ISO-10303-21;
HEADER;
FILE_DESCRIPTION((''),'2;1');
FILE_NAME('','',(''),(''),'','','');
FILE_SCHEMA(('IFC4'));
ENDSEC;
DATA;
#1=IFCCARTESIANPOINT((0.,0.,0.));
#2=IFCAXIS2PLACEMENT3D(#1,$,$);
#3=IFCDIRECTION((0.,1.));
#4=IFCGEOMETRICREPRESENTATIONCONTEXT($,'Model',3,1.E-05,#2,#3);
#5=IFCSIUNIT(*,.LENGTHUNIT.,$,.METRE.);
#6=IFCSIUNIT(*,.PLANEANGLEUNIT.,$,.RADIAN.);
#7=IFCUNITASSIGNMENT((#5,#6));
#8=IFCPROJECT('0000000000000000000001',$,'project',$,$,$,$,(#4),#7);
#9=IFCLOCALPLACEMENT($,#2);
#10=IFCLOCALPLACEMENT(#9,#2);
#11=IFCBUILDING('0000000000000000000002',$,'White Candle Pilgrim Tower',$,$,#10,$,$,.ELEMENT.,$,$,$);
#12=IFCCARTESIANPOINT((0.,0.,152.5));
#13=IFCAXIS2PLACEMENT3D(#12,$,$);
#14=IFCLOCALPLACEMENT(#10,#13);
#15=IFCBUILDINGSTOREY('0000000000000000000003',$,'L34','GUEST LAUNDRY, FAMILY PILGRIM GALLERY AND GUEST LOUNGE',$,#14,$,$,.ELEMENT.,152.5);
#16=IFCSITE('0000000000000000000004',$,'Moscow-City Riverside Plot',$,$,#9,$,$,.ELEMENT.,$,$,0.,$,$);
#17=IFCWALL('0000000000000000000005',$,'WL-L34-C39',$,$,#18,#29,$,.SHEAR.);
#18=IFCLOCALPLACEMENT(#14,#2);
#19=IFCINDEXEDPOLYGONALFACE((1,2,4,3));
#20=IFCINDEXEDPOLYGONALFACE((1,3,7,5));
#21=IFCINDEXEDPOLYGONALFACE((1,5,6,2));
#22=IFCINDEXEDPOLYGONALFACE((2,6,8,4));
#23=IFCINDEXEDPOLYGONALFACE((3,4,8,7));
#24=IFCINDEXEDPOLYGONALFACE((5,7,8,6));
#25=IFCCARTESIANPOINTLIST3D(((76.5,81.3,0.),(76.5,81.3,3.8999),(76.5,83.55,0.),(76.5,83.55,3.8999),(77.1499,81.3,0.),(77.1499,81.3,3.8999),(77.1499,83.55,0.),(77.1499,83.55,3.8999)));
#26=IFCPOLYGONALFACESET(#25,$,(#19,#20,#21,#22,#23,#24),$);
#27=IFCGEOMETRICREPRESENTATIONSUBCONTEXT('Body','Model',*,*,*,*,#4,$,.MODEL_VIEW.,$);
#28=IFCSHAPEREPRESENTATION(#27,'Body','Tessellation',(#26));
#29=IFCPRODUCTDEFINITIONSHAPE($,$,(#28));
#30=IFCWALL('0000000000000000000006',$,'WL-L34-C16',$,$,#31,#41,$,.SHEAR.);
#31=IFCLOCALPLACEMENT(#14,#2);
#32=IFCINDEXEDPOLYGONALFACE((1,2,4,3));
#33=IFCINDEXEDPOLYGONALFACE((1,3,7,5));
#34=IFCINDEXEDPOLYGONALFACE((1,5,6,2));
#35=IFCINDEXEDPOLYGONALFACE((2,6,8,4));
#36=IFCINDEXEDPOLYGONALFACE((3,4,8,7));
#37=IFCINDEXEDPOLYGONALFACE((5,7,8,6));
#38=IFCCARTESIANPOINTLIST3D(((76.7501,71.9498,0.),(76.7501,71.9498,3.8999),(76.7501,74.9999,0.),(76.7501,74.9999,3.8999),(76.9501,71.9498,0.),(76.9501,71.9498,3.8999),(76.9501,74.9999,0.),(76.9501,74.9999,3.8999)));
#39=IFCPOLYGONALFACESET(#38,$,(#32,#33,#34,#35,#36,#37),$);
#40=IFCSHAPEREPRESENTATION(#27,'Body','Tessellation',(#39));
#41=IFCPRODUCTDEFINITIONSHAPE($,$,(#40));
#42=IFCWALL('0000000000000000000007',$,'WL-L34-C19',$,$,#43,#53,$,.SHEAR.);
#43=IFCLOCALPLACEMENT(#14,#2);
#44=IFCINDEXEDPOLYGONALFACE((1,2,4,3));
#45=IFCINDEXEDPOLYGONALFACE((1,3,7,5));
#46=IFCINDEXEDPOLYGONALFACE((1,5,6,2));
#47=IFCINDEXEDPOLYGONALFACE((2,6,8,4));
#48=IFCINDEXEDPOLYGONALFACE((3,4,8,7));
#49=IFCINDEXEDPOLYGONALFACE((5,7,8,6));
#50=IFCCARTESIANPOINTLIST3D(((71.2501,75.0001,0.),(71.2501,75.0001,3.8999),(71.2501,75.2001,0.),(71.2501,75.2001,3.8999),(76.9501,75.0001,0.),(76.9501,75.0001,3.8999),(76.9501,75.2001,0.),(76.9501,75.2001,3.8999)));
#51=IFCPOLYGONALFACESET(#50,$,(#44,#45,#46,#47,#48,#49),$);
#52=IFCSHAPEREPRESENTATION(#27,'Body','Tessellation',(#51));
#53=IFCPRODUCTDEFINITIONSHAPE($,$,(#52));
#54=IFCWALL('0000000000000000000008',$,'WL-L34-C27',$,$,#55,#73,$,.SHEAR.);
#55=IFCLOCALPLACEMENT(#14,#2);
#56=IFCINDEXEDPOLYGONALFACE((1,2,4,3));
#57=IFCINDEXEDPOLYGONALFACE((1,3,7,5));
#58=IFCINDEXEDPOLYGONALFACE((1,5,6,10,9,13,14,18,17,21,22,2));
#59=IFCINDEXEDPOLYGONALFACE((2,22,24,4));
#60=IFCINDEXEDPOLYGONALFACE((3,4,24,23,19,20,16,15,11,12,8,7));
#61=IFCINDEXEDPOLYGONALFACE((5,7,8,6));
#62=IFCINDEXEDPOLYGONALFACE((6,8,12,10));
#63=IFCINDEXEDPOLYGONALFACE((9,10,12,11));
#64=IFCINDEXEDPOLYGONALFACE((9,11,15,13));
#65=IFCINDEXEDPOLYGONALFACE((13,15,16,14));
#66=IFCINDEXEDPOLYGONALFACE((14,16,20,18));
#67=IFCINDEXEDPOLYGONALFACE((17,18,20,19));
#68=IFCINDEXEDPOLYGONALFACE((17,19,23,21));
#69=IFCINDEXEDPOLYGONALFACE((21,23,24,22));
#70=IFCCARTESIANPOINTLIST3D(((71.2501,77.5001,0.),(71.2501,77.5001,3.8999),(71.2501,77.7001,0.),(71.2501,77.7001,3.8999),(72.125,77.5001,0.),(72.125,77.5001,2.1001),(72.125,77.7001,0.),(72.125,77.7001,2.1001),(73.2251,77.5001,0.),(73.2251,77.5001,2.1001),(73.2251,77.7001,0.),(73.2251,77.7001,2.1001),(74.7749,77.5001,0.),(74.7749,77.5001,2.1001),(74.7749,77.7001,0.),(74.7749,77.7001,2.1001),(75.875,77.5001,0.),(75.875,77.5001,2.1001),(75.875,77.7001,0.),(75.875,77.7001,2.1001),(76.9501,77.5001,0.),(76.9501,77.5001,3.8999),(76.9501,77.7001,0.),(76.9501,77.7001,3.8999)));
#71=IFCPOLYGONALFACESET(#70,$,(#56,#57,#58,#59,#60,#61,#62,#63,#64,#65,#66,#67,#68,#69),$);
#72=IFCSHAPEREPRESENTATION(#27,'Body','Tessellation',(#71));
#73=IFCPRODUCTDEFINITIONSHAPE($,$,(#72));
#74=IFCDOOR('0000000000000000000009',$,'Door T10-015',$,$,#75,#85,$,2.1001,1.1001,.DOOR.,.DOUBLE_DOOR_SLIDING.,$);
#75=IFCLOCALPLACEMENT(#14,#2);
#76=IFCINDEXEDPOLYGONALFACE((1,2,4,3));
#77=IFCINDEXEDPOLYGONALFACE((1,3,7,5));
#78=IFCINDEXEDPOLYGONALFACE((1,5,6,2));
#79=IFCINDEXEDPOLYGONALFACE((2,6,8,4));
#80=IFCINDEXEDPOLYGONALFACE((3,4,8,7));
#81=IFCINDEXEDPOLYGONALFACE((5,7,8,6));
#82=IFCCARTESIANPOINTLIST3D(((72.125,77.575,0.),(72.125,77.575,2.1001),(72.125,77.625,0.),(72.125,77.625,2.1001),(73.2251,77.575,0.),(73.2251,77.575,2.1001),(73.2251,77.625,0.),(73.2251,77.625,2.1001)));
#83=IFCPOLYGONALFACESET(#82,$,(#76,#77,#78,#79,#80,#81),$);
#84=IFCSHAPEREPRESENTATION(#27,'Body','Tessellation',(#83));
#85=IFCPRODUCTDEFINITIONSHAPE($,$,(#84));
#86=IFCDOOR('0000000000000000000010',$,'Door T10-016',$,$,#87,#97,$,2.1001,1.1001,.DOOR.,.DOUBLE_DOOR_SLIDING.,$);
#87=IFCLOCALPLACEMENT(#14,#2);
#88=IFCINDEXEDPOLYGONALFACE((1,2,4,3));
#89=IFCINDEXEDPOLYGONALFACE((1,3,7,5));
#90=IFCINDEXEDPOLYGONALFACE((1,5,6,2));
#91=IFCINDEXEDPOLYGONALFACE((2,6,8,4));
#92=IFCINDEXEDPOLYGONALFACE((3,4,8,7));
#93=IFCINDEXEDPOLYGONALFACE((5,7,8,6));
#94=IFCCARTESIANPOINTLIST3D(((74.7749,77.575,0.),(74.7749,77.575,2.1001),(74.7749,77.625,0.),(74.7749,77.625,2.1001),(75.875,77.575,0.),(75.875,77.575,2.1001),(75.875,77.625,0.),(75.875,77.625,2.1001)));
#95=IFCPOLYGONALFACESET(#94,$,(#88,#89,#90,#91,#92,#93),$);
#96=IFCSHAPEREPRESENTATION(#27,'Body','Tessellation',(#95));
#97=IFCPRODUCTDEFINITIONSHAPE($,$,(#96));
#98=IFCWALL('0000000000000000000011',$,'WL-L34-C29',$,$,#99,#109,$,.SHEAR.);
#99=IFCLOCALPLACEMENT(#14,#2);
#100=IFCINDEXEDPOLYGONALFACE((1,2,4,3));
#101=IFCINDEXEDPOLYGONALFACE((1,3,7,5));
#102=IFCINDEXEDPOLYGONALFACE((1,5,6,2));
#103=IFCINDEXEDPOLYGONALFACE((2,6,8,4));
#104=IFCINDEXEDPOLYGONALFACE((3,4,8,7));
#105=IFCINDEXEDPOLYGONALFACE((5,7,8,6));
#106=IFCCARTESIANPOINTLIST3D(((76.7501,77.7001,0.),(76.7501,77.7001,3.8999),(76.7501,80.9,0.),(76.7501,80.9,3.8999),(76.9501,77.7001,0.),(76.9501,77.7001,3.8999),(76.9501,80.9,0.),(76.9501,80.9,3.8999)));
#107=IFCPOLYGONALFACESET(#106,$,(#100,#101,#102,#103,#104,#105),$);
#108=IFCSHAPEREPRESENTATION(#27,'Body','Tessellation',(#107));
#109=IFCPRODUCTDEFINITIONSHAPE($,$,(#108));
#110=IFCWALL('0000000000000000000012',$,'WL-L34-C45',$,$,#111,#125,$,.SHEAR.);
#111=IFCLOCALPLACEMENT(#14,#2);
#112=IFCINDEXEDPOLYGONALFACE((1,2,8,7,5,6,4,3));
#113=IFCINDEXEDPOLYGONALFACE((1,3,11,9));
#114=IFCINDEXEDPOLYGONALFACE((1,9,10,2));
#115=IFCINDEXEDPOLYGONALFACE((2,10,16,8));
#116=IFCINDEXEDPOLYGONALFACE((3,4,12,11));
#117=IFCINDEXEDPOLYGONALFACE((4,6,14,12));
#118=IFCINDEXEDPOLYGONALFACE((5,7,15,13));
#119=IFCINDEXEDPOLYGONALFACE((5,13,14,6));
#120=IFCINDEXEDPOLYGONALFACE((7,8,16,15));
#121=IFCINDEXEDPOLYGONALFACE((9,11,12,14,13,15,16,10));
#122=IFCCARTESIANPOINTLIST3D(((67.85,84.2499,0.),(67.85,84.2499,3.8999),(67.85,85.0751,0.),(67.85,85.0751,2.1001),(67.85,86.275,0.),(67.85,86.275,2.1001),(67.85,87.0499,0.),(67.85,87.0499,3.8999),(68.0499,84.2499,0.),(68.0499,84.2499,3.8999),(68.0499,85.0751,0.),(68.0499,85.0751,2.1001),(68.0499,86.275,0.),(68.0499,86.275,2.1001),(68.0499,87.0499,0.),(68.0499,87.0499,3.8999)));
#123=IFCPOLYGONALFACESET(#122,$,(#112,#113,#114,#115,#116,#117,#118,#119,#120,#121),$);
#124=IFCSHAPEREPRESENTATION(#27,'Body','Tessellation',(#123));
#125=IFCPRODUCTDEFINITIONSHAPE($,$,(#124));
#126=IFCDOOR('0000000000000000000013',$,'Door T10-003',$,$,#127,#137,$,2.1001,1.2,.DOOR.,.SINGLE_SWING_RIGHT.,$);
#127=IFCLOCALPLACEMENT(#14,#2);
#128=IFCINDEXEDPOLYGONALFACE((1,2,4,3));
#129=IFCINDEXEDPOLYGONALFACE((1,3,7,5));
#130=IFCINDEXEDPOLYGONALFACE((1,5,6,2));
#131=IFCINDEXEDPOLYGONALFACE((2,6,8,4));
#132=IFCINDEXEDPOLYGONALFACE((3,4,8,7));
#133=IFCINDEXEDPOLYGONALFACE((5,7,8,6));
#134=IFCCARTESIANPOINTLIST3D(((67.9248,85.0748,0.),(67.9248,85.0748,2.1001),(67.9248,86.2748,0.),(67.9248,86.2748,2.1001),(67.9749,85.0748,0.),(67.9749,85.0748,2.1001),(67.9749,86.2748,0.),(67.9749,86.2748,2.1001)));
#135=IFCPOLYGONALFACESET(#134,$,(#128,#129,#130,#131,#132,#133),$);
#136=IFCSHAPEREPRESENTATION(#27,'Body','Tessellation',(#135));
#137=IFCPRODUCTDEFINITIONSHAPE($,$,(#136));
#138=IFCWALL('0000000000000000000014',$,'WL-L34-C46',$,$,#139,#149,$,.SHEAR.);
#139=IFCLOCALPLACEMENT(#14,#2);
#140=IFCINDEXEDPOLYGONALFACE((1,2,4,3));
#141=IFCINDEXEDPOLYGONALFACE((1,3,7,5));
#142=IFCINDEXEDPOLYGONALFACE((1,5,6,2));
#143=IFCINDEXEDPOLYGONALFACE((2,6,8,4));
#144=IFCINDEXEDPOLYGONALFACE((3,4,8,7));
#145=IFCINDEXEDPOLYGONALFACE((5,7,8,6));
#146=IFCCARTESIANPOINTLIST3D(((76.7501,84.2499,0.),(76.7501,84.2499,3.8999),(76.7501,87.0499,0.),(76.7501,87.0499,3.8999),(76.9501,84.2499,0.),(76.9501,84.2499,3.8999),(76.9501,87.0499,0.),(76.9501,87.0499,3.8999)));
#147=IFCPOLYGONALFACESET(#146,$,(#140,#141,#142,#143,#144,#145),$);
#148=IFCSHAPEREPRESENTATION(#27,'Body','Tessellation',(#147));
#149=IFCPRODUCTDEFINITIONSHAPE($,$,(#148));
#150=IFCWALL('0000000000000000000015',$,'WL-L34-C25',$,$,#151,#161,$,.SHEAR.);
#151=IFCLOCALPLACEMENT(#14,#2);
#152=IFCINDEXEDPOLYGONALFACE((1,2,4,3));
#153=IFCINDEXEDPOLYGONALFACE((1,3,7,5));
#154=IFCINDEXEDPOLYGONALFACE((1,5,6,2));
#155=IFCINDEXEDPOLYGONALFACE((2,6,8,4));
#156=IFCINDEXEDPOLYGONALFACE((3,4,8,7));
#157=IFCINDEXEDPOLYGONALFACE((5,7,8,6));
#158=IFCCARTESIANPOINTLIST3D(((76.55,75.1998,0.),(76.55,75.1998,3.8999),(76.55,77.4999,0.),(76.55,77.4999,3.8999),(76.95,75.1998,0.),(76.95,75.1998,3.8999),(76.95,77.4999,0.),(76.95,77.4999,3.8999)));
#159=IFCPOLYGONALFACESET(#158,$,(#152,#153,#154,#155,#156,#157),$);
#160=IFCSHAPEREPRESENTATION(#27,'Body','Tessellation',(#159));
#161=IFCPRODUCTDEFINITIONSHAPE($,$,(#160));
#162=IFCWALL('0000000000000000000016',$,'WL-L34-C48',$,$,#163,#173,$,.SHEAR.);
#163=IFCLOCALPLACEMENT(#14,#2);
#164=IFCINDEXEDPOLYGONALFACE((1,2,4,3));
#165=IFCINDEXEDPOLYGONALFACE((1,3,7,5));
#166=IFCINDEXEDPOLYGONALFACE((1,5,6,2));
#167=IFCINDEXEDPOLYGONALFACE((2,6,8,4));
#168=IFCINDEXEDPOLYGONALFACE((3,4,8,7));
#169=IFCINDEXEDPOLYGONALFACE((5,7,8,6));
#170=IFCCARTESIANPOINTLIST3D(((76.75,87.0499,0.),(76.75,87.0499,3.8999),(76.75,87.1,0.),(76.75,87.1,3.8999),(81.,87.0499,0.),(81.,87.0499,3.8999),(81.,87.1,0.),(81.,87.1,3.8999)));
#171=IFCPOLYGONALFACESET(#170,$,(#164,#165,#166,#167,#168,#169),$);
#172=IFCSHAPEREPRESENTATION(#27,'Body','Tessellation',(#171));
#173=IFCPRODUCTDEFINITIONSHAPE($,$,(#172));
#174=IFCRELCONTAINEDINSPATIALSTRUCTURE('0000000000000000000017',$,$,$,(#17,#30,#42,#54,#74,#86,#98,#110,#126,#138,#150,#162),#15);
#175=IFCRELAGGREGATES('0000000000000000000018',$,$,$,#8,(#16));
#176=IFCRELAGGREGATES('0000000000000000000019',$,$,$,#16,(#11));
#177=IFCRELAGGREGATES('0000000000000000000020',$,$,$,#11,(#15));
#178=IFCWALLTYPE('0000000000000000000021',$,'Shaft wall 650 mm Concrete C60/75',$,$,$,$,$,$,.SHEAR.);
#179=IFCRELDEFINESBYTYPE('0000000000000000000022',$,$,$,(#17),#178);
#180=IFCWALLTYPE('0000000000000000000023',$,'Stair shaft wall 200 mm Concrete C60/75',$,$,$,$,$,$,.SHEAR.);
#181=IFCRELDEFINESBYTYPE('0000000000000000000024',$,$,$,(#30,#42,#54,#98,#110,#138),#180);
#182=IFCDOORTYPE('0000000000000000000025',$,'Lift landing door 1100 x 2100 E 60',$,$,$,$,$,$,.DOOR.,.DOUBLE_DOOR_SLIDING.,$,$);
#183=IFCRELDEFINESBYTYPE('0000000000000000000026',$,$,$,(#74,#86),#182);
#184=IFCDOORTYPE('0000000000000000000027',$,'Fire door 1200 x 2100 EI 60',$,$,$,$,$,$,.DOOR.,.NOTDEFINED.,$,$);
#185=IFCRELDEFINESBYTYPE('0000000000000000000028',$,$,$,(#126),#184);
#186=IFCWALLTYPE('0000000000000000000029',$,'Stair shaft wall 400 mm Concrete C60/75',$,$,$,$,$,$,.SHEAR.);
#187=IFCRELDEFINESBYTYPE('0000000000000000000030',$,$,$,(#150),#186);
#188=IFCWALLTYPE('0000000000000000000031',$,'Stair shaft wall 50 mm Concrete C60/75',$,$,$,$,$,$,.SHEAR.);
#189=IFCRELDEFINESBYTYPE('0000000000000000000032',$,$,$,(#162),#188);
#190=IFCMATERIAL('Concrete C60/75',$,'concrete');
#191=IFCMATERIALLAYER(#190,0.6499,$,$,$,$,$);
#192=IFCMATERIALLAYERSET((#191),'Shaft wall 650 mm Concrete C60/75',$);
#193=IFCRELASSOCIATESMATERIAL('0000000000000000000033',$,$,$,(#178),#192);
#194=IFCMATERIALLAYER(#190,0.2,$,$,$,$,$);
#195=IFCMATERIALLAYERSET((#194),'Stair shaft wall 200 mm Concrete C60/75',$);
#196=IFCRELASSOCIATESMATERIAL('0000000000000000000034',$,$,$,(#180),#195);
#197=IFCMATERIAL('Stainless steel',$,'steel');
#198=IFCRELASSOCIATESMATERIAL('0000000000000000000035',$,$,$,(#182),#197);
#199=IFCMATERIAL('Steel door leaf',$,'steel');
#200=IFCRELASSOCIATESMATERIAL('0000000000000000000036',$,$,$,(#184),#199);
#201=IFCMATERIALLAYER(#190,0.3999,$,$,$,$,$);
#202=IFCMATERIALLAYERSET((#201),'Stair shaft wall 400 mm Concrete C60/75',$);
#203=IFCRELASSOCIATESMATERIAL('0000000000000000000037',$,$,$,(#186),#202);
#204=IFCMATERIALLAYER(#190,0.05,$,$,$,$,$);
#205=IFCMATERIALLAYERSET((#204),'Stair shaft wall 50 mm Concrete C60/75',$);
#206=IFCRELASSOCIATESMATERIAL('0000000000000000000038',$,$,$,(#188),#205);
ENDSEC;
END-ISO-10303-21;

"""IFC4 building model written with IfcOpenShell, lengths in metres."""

from ifc_helpers import new_model, si_unit, direction, frame, frame_2d, origin, place, context, subcontext, project, spatial, rectangle, extrude, material, layer, layer_set, type_object, element, fill, save


model = new_model("IFC4")

# Units and contexts
model_context = context("Model", 3, precision=1e-05, world=origin(), true_north=direction((0.0, 1.0)))
body_context = subcontext(model_context, "Body", "Model", "MODEL_VIEW")
ifc_project = project(units=[si_unit("LENGTHUNIT", "METRE"), si_unit("PLANEANGLEUNIT", "RADIAN")], contexts=[model_context])

# Site, building, storey
site_placement = place(None, origin())
site = spatial("IfcSite", under=ifc_project, at=site_placement, Name="Moscow-City Riverside Plot", CompositionType="ELEMENT", RefElevation=0.0)
building_placement = place(site_placement, origin())
building = spatial("IfcBuilding", under=site, at=building_placement, Name="White Candle Pilgrim Tower", CompositionType="ELEMENT")
storey_placement = place(building_placement, frame((0.0, 0.0, 152.5)))
storey = spatial("IfcBuildingStorey", under=building, at=storey_placement, Name="L34", Description="GUEST LAUNDRY, FAMILY PILGRIM GALLERY AND GUEST LOUNGE", CompositionType="ELEMENT", Elevation=152.5)

# Shared definitions
ifc_material_1 = material(Name="Concrete C60/75", Category="concrete")

# Shared definitions
ifc_material_2 = material(Name="Steel door leaf", Category="steel")

# Walls
ifc_layer_1 = layer(ifc_material_1, 0.6499)
ifc_layer_set_1 = layer_set([ifc_layer_1], Name="Shaft wall 650 mm Concrete C60/75")
wall_type_1 = type_object("IfcWallType", Name="Shaft wall 650 mm Concrete C60/75", PredefinedType="SHEAR", material=ifc_layer_set_1)
wall_1_placement = place(storey_placement, frame((76.825, 81.3, 0.0), z_axis=(0.0, 0.0, 1.0), x_axis=(0.0, 1.0, 0.0)))
element("IfcWall", 1, at=wall_1_placement, inside=storey, type_object=wall_type_1, Name="WL-L34-C39", PredefinedType="SHEAR", context=body_context, shape_type="SweptSolid", body=[
    extrude(rectangle(XDim=2.25, YDim=0.6499, at=frame_2d((1.125, 0.0))), origin(), (0.0, 0.0, 1.0), 3.8999),
])
ifc_layer_2 = layer(ifc_material_1, 0.2)
ifc_layer_set_2 = layer_set([ifc_layer_2], Name="Stair shaft wall 200 mm Concrete C60/75")
wall_type_2 = type_object("IfcWallType", Name="Stair shaft wall 200 mm Concrete C60/75", PredefinedType="SHEAR", material=ifc_layer_set_2)
wall_2_placement = place(storey_placement, frame((76.8501, 71.95, 0.0), z_axis=(0.0, 0.0, 1.0), x_axis=(0.0, 1.0, 0.0)))
element("IfcWall", 2, at=wall_2_placement, inside=storey, type_object=wall_type_2, Name="WL-L34-C16", PredefinedType="SHEAR", context=body_context, shape_type="SweptSolid", body=[
    extrude(rectangle(XDim=3.05, YDim=0.2, at=frame_2d((1.5249, 0.0))), origin(), (0.0, 0.0, 1.0), 3.8999),
])
wall_3_placement = place(storey_placement, frame((71.25, 75.1001, 0.0), z_axis=(0.0, 0.0, 1.0), x_axis=(1.0, 0.0, 0.0)))
element("IfcWall", 3, at=wall_3_placement, inside=storey, type_object=wall_type_2, Name="WL-L34-C19", PredefinedType="SHEAR", context=body_context, shape_type="SweptSolid", body=[
    extrude(rectangle(XDim=5.7, YDim=0.2, at=frame_2d((2.8501, 0.0))), origin(), (0.0, 0.0, 1.0), 3.8999),
])

# Wall, openings, doors
wall_4_placement = place(storey_placement, frame((71.25, 77.6001, 0.0), z_axis=(0.0, 0.0, 1.0), x_axis=(1.0, 0.0, 0.0)))
wall_4 = element("IfcWall", 4, at=wall_4_placement, inside=storey, type_object=wall_type_2, Name="WL-L34-C27", PredefinedType="SHEAR", context=body_context, shape_type="SweptSolid", body=[
    extrude(rectangle(XDim=5.7, YDim=0.2, at=frame_2d((2.8501, 0.0))), origin(), (0.0, 0.0, 1.0), 3.8999),
])
opening_1_placement = place(wall_4_placement, frame((0.875, 0.0, 0.0)))
opening_1 = element("IfcOpeningElement", 5, at=opening_1_placement, cuts=wall_4, PredefinedType="OPENING", context=body_context, shape_type="SweptSolid", body=[
    extrude(rectangle(XDim=1.1001, YDim=2.1001, at=frame_2d((0.55, 1.05))), frame((0.0, 0.1099, 0.0), z_axis=(0.0, -1.0, 0.0), x_axis=(1.0, 0.0, 0.0)), (0.0, 0.0, 1.0), 0.22),
])
opening_2_placement = place(wall_4_placement, frame((3.5249, 0.0, 0.0)))
opening_2 = element("IfcOpeningElement", 6, at=opening_2_placement, cuts=wall_4, PredefinedType="OPENING", context=body_context, shape_type="SweptSolid", body=[
    extrude(rectangle(XDim=1.1001, YDim=2.1001, at=frame_2d((0.55, 1.05))), frame((0.0, 0.1099, 0.0), z_axis=(0.0, -1.0, 0.0), x_axis=(1.0, 0.0, 0.0)), (0.0, 0.0, 1.0), 0.22),
])
ifc_material_3 = material(Name="Stainless steel", Category="steel")
door_type_1 = type_object("IfcDoorType", Name="Lift landing door 1100 x 2100 E 60", OperationType="DOUBLE_DOOR_SLIDING", PredefinedType="DOOR", material=ifc_material_3)
door_1_placement = place(opening_1_placement, origin())
door_1 = element("IfcDoor", 7, at=door_1_placement, inside=storey, type_object=door_type_1, Name="Door T10-015", OperationType="DOUBLE_DOOR_SLIDING", OverallHeight=2.1001, OverallWidth=1.1001, PredefinedType="DOOR", context=body_context, shape_type="SweptSolid", body=[
    extrude(rectangle(XDim=1.1001, YDim=2.1001, at=frame_2d((0.55, 1.05))), frame((0.0, 0.0249, 0.0), z_axis=(0.0, -1.0, 0.0), x_axis=(1.0, 0.0, 0.0)), (0.0, 0.0, 1.0), 0.05),
])
fill(opening_1, door_1)
door_2_placement = place(opening_2_placement, origin())
door_2 = element("IfcDoor", 8, at=door_2_placement, inside=storey, type_object=door_type_1, Name="Door T10-016", OperationType="DOUBLE_DOOR_SLIDING", OverallHeight=2.1001, OverallWidth=1.1001, PredefinedType="DOOR", context=body_context, shape_type="SweptSolid", body=[
    extrude(rectangle(XDim=1.1001, YDim=2.1001, at=frame_2d((0.55, 1.05))), frame((0.0, 0.0249, 0.0), z_axis=(0.0, -1.0, 0.0), x_axis=(1.0, 0.0, 0.0)), (0.0, 0.0, 1.0), 0.05),
])
fill(opening_2, door_2)

# Wall
wall_5_placement = place(storey_placement, frame((76.8501, 77.7, 0.0), z_axis=(0.0, 0.0, 1.0), x_axis=(0.0, 1.0, 0.0)))
element("IfcWall", 9, at=wall_5_placement, inside=storey, type_object=wall_type_2, Name="WL-L34-C29", PredefinedType="SHEAR", context=body_context, shape_type="SweptSolid", body=[
    extrude(rectangle(XDim=3.2, YDim=0.2, at=frame_2d((1.6001, 0.0))), origin(), (0.0, 0.0, 1.0), 3.8999),
])

# Wall, opening, door
wall_6_placement = place(storey_placement, frame((67.95, 84.25, 0.0), z_axis=(0.0, 0.0, 1.0), x_axis=(0.0, 1.0, 0.0)))
wall_6 = element("IfcWall", 10, at=wall_6_placement, inside=storey, type_object=wall_type_2, Name="WL-L34-C45", PredefinedType="SHEAR", context=body_context, shape_type="SweptSolid", body=[
    extrude(rectangle(XDim=2.8, YDim=0.2, at=frame_2d((1.3999, 0.0))), origin(), (0.0, 0.0, 1.0), 3.8999),
])
opening_3_placement = place(wall_6_placement, frame((0.825, 0.0, 0.0)))
opening_3 = element("IfcOpeningElement", 11, at=opening_3_placement, cuts=wall_6, PredefinedType="OPENING", context=body_context, shape_type="SweptSolid", body=[
    extrude(rectangle(XDim=1.2, YDim=2.1001, at=frame_2d((0.6001, 1.05))), frame((0.0, 0.1099, 0.0), z_axis=(0.0, -1.0, 0.0), x_axis=(1.0, 0.0, 0.0)), (0.0, 0.0, 1.0), 0.22),
])
door_type_2 = type_object("IfcDoorType", Name="Fire door 1200 x 2100 EI 60", OperationType="NOTDEFINED", PredefinedType="DOOR", material=ifc_material_2)
door_3_placement = place(opening_3_placement, frame((1.2, 0.0, 0.0), z_axis=(0.0, 0.0, 1.0), x_axis=(-1.0, 0.0, 0.0)))
door_3 = element("IfcDoor", 12, at=door_3_placement, inside=storey, type_object=door_type_2, Name="Door T10-003", OperationType="SINGLE_SWING_RIGHT", OverallHeight=2.1001, OverallWidth=1.2, PredefinedType="DOOR", context=body_context, shape_type="SweptSolid", body=[
    extrude(rectangle(XDim=1.2, YDim=2.1001, at=frame_2d((0.6001, 1.05))), frame((0.0, 0.0249, 0.0), z_axis=(0.0, -1.0, 0.0), x_axis=(1.0, 0.0, 0.0)), (0.0, 0.0, 1.0), 0.05),
])
fill(opening_3, door_3)

# Walls
wall_7_placement = place(storey_placement, frame((76.8501, 84.25, 0.0), z_axis=(0.0, 0.0, 1.0), x_axis=(0.0, 1.0, 0.0)))
element("IfcWall", 13, at=wall_7_placement, inside=storey, type_object=wall_type_2, Name="WL-L34-C46", PredefinedType="SHEAR", context=body_context, shape_type="SweptSolid", body=[
    extrude(rectangle(XDim=2.8, YDim=0.2, at=frame_2d((1.3999, 0.0))), origin(), (0.0, 0.0, 1.0), 3.8999),
])
ifc_layer_3 = layer(ifc_material_1, 0.3999)
ifc_layer_set_3 = layer_set([ifc_layer_3], Name="Stair shaft wall 400 mm Concrete C60/75")
wall_type_3 = type_object("IfcWallType", Name="Stair shaft wall 400 mm Concrete C60/75", PredefinedType="SHEAR", material=ifc_layer_set_3)
wall_8_placement = place(storey_placement, frame((76.75, 75.2, 0.0), z_axis=(0.0, 0.0, 1.0), x_axis=(0.0, 1.0, 0.0)))
element("IfcWall", 14, at=wall_8_placement, inside=storey, type_object=wall_type_3, Name="WL-L34-C25", PredefinedType="SHEAR", context=body_context, shape_type="SweptSolid", body=[
    extrude(rectangle(XDim=2.3, YDim=0.3999, at=frame_2d((1.1499, 0.0))), origin(), (0.0, 0.0, 1.0), 3.8999),
])
ifc_layer_4 = layer(ifc_material_1, 0.05)
ifc_layer_set_4 = layer_set([ifc_layer_4], Name="Stair shaft wall 50 mm Concrete C60/75")
wall_type_4 = type_object("IfcWallType", Name="Stair shaft wall 50 mm Concrete C60/75", PredefinedType="SHEAR", material=ifc_layer_set_4)
wall_9_placement = place(storey_placement, frame((76.75, 87.075, 0.0), z_axis=(0.0, 0.0, 1.0), x_axis=(1.0, 0.0, 0.0)))
element("IfcWall", 15, at=wall_9_placement, inside=storey, type_object=wall_type_4, Name="WL-L34-C48", PredefinedType="SHEAR", context=body_context, shape_type="SweptSolid", body=[
    extrude(rectangle(XDim=4.25, YDim=0.05, at=frame_2d((2.125, 0.0))), origin(), (0.0, 0.0, 1.0), 3.8999),
])

save(model, "model.ifc")
